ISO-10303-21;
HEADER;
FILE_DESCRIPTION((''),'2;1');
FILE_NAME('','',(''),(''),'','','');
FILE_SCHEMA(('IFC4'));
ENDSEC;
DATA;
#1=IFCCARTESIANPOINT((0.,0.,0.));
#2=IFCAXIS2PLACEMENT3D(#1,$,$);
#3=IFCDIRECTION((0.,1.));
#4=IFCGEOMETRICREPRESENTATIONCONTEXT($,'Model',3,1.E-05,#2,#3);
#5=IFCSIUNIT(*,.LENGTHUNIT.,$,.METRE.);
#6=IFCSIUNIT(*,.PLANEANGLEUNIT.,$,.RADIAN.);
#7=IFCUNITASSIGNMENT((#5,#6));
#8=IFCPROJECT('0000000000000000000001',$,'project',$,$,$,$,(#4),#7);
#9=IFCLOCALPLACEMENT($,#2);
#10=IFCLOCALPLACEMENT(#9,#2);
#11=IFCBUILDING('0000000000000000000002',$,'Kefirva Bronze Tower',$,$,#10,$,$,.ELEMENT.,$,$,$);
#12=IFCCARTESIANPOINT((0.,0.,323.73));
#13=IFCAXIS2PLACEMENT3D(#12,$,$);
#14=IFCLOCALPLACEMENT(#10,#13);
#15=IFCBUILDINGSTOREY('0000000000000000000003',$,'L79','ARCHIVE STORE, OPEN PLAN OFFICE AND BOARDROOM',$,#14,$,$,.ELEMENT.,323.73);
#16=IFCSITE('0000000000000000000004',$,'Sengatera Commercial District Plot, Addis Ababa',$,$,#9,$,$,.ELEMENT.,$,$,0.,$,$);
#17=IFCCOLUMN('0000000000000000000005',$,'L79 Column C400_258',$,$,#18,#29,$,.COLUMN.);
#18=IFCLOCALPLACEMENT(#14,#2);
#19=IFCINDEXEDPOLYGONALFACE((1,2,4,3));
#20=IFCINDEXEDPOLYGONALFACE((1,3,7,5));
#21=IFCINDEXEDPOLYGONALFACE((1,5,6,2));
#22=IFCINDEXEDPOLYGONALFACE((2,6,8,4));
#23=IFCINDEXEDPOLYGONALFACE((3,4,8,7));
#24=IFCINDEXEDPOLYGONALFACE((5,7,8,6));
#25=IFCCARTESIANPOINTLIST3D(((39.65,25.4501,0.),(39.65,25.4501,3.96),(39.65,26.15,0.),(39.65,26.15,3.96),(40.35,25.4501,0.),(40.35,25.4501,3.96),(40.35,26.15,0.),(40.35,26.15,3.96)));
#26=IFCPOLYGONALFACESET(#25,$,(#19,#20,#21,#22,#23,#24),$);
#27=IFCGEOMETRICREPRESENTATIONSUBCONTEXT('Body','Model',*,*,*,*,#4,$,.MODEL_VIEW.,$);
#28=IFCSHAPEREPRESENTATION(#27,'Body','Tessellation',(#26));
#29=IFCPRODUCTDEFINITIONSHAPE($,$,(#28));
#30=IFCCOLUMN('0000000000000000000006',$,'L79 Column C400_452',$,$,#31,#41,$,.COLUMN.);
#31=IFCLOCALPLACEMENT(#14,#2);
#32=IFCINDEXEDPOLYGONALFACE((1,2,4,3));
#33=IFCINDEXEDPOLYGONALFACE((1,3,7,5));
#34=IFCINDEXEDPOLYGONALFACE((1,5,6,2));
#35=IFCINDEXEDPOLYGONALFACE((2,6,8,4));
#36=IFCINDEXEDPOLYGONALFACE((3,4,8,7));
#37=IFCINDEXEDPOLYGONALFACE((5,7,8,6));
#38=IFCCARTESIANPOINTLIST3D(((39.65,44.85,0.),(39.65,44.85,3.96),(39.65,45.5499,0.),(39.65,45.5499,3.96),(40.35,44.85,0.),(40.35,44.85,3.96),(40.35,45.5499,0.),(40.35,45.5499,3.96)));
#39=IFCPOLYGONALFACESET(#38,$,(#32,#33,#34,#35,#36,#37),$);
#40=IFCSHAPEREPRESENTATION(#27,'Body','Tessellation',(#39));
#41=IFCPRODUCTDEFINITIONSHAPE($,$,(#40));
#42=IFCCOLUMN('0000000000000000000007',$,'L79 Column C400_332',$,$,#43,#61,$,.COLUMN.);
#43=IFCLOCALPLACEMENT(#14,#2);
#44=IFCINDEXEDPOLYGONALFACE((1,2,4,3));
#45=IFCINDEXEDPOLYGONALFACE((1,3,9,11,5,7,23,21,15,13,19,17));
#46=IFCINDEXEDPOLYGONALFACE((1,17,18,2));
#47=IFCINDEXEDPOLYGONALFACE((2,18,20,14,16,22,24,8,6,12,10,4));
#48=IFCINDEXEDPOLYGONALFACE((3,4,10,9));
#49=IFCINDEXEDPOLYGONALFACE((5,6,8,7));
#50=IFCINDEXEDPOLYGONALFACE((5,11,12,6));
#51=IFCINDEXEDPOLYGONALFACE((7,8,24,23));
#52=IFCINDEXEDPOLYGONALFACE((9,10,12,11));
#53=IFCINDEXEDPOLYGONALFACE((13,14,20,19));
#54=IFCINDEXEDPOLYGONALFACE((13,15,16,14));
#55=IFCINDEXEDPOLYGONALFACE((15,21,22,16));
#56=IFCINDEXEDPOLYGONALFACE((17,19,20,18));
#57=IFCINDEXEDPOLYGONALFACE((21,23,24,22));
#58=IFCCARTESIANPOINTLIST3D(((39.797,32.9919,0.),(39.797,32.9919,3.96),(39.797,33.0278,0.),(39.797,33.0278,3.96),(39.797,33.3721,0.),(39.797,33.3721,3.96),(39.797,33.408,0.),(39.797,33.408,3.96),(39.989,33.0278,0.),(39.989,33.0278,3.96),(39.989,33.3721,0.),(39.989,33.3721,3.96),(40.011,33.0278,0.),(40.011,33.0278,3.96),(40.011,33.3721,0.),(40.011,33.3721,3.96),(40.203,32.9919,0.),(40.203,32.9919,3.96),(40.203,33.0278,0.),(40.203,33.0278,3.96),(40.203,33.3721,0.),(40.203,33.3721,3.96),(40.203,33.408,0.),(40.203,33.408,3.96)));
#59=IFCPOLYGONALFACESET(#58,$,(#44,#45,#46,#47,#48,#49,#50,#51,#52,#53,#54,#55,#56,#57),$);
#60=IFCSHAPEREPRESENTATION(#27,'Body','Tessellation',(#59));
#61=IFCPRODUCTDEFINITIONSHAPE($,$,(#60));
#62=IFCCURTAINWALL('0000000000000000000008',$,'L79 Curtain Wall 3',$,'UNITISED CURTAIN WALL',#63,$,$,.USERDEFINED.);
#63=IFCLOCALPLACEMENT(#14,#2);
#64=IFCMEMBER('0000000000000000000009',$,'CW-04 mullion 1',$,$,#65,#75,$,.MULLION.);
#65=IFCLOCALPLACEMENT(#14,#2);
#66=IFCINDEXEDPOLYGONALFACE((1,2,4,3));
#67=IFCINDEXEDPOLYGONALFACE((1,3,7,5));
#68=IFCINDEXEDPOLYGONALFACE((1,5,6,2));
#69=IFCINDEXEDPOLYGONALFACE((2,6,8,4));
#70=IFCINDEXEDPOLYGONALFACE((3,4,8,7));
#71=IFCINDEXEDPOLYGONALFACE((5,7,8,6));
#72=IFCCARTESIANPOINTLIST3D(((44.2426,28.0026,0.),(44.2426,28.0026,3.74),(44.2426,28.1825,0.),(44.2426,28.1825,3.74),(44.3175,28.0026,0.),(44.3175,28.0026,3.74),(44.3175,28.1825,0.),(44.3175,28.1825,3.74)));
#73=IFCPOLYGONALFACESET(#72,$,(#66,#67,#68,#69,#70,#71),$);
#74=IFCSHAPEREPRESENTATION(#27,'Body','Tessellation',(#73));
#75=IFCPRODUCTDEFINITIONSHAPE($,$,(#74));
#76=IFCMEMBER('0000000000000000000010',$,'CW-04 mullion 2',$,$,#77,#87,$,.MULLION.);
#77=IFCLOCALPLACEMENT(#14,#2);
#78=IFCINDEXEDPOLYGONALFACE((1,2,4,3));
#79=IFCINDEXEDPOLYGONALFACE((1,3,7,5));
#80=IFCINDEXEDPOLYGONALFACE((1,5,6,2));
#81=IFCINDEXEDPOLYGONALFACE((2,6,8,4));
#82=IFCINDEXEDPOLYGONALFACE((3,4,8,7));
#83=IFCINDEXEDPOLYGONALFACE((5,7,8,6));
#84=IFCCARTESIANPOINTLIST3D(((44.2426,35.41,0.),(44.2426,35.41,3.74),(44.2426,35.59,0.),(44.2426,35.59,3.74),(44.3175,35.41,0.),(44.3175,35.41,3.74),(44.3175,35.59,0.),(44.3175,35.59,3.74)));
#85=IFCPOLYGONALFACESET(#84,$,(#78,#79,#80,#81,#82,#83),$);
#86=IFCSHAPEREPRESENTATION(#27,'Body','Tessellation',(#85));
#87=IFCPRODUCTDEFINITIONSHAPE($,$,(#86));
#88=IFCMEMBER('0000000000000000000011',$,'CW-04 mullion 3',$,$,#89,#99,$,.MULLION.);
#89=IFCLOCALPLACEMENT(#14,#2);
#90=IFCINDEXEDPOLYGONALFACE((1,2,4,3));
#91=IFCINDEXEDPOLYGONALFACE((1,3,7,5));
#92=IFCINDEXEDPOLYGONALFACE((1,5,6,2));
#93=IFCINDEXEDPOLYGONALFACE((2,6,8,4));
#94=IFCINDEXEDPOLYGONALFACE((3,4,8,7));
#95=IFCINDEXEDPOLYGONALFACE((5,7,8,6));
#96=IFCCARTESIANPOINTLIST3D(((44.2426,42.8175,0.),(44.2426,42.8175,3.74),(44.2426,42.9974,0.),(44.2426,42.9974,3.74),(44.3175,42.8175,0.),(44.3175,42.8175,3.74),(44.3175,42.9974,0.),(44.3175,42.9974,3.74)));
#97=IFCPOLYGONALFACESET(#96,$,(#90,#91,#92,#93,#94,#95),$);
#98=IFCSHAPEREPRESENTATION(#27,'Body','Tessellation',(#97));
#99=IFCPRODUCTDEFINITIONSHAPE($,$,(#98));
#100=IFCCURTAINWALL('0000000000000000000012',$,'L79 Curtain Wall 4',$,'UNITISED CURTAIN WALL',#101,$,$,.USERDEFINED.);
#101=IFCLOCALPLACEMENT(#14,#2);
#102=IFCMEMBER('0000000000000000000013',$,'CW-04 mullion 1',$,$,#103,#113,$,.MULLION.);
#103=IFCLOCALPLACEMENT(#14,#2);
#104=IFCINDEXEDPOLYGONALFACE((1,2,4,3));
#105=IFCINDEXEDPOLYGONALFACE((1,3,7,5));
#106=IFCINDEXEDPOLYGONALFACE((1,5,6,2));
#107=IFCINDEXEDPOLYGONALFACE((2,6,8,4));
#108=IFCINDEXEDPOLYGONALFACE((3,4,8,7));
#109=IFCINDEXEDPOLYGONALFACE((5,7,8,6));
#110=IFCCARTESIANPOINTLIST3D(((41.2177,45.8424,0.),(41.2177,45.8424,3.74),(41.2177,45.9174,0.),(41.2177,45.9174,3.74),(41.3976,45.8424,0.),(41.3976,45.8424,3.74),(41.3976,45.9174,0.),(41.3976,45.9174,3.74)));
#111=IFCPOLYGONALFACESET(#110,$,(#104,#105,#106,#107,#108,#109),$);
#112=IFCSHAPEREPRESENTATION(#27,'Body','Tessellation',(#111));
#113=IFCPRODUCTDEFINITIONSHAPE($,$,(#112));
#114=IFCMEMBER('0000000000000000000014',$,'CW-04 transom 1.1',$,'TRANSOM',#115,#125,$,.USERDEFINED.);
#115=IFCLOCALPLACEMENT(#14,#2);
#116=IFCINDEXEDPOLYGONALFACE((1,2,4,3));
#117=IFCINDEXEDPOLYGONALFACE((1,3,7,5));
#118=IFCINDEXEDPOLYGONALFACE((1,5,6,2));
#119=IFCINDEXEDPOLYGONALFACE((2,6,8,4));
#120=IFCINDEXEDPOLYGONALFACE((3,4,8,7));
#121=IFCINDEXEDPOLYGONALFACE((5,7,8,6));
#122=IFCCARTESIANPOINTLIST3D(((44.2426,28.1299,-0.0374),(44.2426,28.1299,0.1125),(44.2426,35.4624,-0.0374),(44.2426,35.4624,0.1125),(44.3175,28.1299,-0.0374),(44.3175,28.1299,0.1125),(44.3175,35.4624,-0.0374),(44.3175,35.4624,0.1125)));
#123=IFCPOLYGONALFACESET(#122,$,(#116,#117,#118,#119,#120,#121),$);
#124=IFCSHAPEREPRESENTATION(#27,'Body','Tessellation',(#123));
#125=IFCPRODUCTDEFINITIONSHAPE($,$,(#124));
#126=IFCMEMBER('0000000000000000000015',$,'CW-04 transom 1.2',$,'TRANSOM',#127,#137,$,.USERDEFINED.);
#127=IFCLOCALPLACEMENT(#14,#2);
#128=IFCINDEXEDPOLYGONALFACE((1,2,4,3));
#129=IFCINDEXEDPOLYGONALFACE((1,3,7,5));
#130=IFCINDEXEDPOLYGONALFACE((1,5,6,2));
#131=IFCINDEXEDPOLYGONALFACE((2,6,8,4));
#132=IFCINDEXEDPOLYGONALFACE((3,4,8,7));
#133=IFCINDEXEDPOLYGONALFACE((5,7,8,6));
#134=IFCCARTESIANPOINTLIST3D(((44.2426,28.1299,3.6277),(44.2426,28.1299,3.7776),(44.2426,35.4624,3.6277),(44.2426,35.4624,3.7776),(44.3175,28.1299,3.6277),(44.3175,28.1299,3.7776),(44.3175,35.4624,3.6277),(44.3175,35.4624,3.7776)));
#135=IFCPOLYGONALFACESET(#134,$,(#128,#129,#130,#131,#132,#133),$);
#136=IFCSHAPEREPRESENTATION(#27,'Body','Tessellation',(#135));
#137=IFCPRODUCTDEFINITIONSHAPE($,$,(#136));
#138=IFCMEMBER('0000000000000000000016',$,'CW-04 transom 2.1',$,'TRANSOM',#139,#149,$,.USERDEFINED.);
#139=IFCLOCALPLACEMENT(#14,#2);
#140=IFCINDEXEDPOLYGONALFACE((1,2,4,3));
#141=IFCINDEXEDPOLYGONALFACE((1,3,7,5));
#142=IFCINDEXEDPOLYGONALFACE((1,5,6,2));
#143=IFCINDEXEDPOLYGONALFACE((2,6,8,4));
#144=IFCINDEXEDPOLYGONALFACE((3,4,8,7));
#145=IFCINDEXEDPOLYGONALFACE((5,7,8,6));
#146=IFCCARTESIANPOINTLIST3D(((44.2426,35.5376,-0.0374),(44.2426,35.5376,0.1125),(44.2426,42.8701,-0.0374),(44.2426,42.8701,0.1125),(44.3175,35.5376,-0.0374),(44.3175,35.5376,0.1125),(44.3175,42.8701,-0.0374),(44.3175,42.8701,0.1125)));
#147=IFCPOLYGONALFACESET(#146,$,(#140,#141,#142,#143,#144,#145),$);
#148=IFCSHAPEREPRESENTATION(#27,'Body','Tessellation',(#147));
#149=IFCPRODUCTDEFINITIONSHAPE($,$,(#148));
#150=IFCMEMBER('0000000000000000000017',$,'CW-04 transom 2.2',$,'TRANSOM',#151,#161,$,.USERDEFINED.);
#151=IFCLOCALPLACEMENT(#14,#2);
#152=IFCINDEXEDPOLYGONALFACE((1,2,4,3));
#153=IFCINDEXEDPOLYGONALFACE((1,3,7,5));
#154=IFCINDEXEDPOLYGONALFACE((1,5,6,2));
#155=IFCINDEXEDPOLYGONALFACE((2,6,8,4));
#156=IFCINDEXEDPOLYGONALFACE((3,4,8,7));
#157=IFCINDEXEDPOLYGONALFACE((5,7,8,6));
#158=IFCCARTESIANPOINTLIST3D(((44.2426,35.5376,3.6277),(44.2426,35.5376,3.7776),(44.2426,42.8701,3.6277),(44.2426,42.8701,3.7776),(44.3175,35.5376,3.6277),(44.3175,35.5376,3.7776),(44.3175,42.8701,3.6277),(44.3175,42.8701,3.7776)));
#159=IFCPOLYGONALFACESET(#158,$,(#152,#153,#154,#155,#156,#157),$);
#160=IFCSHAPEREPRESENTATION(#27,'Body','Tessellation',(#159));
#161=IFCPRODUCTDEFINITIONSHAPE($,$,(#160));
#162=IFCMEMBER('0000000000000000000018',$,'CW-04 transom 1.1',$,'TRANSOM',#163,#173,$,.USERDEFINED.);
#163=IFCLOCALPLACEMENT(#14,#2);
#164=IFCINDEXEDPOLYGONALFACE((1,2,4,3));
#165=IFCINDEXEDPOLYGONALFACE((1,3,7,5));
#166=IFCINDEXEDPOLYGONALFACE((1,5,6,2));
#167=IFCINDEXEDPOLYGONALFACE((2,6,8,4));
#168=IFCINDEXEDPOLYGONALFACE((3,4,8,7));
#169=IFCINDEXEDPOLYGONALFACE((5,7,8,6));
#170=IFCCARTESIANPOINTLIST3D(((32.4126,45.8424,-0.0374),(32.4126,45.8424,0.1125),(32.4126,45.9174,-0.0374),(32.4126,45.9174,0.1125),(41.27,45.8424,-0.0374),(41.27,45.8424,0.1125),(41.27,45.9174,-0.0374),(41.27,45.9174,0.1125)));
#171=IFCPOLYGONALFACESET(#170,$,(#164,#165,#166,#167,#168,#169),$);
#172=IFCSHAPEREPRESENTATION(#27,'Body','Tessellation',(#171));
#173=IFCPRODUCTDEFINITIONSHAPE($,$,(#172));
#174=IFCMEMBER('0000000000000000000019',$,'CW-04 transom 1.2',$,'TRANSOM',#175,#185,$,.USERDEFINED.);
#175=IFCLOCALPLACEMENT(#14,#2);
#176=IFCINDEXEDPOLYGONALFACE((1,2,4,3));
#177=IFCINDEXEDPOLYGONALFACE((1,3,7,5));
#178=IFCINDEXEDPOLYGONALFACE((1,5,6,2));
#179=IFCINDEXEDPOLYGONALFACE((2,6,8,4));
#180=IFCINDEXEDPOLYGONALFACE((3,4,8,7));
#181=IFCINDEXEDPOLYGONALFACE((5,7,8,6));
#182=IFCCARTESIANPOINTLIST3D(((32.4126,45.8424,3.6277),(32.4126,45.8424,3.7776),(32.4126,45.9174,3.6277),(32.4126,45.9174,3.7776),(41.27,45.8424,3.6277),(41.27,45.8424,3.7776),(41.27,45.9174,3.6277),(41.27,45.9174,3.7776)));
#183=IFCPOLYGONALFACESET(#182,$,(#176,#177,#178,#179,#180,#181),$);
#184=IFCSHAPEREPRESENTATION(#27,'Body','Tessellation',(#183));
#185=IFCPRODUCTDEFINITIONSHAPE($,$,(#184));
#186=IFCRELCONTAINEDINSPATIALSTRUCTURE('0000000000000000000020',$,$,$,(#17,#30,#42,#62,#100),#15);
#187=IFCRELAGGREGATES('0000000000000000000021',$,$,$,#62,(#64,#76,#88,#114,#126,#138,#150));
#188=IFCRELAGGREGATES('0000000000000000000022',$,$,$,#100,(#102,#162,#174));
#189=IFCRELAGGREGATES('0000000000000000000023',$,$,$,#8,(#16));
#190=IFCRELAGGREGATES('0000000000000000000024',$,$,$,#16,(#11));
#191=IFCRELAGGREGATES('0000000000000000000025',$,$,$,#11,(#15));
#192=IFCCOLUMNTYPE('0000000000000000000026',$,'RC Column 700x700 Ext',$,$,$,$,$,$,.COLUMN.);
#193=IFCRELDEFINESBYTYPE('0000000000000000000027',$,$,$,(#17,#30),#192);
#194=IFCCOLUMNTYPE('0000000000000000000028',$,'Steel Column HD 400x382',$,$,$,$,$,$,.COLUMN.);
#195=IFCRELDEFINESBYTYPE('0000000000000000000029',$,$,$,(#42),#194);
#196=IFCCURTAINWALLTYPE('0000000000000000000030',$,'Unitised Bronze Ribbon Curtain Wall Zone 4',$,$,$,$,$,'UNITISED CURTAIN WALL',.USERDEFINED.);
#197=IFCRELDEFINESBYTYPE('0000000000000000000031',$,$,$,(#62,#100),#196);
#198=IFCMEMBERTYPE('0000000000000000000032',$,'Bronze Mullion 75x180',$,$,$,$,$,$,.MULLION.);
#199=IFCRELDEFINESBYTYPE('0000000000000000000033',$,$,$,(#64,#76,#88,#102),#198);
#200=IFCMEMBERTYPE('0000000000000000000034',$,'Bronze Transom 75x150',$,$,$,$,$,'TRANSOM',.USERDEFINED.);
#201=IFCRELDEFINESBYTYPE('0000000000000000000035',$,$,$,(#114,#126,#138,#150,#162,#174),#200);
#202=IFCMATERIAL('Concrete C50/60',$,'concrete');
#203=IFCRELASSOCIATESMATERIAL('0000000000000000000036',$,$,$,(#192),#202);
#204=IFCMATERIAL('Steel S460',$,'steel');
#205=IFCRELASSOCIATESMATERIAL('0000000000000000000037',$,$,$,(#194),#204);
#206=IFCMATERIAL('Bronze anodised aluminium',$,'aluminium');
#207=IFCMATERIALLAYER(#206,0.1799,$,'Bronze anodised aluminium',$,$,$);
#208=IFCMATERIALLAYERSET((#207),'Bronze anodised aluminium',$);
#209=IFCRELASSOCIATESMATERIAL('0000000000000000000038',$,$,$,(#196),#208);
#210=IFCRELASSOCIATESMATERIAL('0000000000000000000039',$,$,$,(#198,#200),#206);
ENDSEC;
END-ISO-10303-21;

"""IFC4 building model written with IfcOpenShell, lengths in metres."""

from ifc_helpers import new_model, si_unit, direction, frame, origin, origin_2d, place, context, subcontext, project, spatial, rectangle, i_section, extrude, material, layer, layer_set, material_profile, profile_set, type_object, element, aggregate, save


model = new_model("IFC4")

# Units and contexts
model_context = context("Model", 3, precision=1e-05, world=origin(), true_north=direction((0.0, 1.0)))
body_context = subcontext(model_context, "Body", "Model", "MODEL_VIEW")
ifc_project = project(units=[si_unit("LENGTHUNIT", "METRE"), si_unit("PLANEANGLEUNIT", "RADIAN")], contexts=[model_context])

# Site, building, storey
site_placement = place(None, origin())
site = spatial("IfcSite", under=ifc_project, at=site_placement, Name="Sengatera Commercial District Plot, Addis Ababa", CompositionType="ELEMENT", RefElevation=0.0)
building_placement = place(site_placement, origin())
building = spatial("IfcBuilding", under=site, at=building_placement, Name="Kefirva Bronze Tower", CompositionType="ELEMENT")
storey_placement = place(building_placement, frame((0.0, 0.0, 323.73)))
storey = spatial("IfcBuildingStorey", under=building, at=storey_placement, Name="L79", Description="ARCHIVE STORE, OPEN PLAN OFFICE AND BOARDROOM", CompositionType="ELEMENT", Elevation=323.73)

# Columns
ifc_material_1 = material(Name="Concrete C50/60", Category="concrete")
ifc_material_profile_1 = material_profile(ifc_material_1, rectangle(XDim=0.7, YDim=0.7, at=origin_2d()), Name="RC 700x700")
ifc_profile_set_1 = profile_set([ifc_material_profile_1], Name="Concrete C50/60")
column_type_1 = type_object("IfcColumnType", Name="RC Column 700x700 Ext", PredefinedType="COLUMN", material=ifc_profile_set_1)
for number, where, z_axis, x_axis, name in (
    (1, (40.0, 25.8, 0.0), (0.0, 0.0, 1.0), (1.0, 0.0, 0.0), "L79 Column C400_258"),
    (2, (40.0, 45.2, 0.0), (0.0, 0.0, 1.0), (1.0, 0.0, 0.0), "L79 Column C400_452"),
):
    element("IfcColumn", number, at=place(storey_placement, frame(where, z_axis=z_axis, x_axis=x_axis)), inside=storey, type_object=column_type_1, Name=name, PredefinedType="COLUMN", context=body_context, shape_type="SweptSolid", body=[
        extrude(rectangle(XDim=0.7, YDim=0.7, at=origin_2d()), origin(), (0.0, 0.0, 1.0), 3.96),
    ])
ifc_material_2 = material(Name="Steel S460", Category="steel")
ifc_material_profile_2 = material_profile(ifc_material_2, i_section(OverallWidth=0.406, OverallDepth=0.416, WebThickness=0.022, FlangeThickness=0.0359, at=origin_2d()), Name="HD 400x382")
ifc_profile_set_2 = profile_set([ifc_material_profile_2], Name="Steel S460")
column_type_2 = type_object("IfcColumnType", Name="Steel Column HD 400x382", PredefinedType="COLUMN", material=ifc_profile_set_2)
column_placement = place(storey_placement, frame((40.0, 33.2, 0.0), z_axis=(0.0, 0.0, 1.0), x_axis=(1.0, 0.0, 0.0)))
element("IfcColumn", 3, at=column_placement, inside=storey, type_object=column_type_2, Name="L79 Column C400_332", PredefinedType="COLUMN", context=body_context, shape_type="SweptSolid", body=[
    extrude(i_section(OverallWidth=0.406, OverallDepth=0.416, WebThickness=0.022, FlangeThickness=0.0359, at=origin_2d()), origin(), (0.0, 0.0, 1.0), 3.96),
])

# Curtain wall, members
ifc_material_3 = material(Name="Bronze anodised aluminium", Category="aluminium")
ifc_layer_1 = layer(ifc_material_3, 0.1799, Name="Bronze anodised aluminium")
ifc_layer_set_1 = layer_set([ifc_layer_1], Name="Bronze anodised aluminium")
curtain_wall_type = type_object("IfcCurtainWallType", Name="Unitised Bronze Ribbon Curtain Wall Zone 4", ElementType="UNITISED CURTAIN WALL", PredefinedType="USERDEFINED", material=ifc_layer_set_1)
curtain_wall_1_placement = place(storey_placement, origin())
curtain_wall_1 = element("IfcCurtainWall", 4, at=curtain_wall_1_placement, inside=storey, type_object=curtain_wall_type, Name="L79 Curtain Wall 3", ObjectType="UNITISED CURTAIN WALL", PredefinedType="USERDEFINED")
ifc_material_profile_3 = material_profile(ifc_material_3, rectangle(XDim=0.075, YDim=0.1799, at=origin_2d()), Name="ALU 75x180")
ifc_profile_set_3 = profile_set([ifc_material_profile_3], Name="Bronze anodised aluminium")
member_type_1 = type_object("IfcMemberType", Name="Bronze Mullion 75x180", PredefinedType="MULLION", material=ifc_profile_set_3)
member_1_placement = place(storey_placement, frame((44.28, 28.0925, 0.0), z_axis=(0.0, 0.0, 1.0), x_axis=(-1.0, 0.0, 0.0)))
member_1 = element("IfcMember", 5, at=member_1_placement, type_object=member_type_1, Name="CW-04 mullion 1", PredefinedType="MULLION", context=body_context, shape_type="SweptSolid", body=[
    extrude(rectangle(XDim=0.075, YDim=0.1799, at=origin_2d()), origin(), (0.0, 0.0, 1.0), 3.74),
])
member_2_placement = place(storey_placement, frame((44.28, 35.5, 0.0), z_axis=(0.0, 0.0, 1.0), x_axis=(-1.0, 0.0, 0.0)))
member_2 = element("IfcMember", 6, at=member_2_placement, type_object=member_type_1, Name="CW-04 mullion 2", PredefinedType="MULLION", context=body_context, shape_type="SweptSolid", body=[
    extrude(rectangle(XDim=0.075, YDim=0.1799, at=origin_2d()), origin(), (0.0, 0.0, 1.0), 3.74),
])
member_3_placement = place(storey_placement, frame((44.28, 42.9075, 0.0), z_axis=(0.0, 0.0, 1.0), x_axis=(-1.0, 0.0, 0.0)))
member_3 = element("IfcMember", 7, at=member_3_placement, type_object=member_type_1, Name="CW-04 mullion 3", PredefinedType="MULLION", context=body_context, shape_type="SweptSolid", body=[
    extrude(rectangle(XDim=0.075, YDim=0.1799, at=origin_2d()), origin(), (0.0, 0.0, 1.0), 3.74),
])

# Curtain wall, member
curtain_wall_2_placement = place(storey_placement, origin())
curtain_wall_2 = element("IfcCurtainWall", 8, at=curtain_wall_2_placement, inside=storey, type_object=curtain_wall_type, Name="L79 Curtain Wall 4", ObjectType="UNITISED CURTAIN WALL", PredefinedType="USERDEFINED")
member_4_placement = place(storey_placement, frame((41.3076, 45.8799, 0.0), z_axis=(0.0, 0.0, 1.0), x_axis=(0.0, -1.0, 0.0)))
member_4 = element("IfcMember", 9, at=member_4_placement, type_object=member_type_1, Name="CW-04 mullion 1", PredefinedType="MULLION", context=body_context, shape_type="SweptSolid", body=[
    extrude(rectangle(XDim=0.075, YDim=0.1799, at=origin_2d()), origin(), (0.0, 0.0, 1.0), 3.74),
])

# Members
ifc_material_profile_4 = material_profile(ifc_material_3, rectangle(XDim=0.075, YDim=0.1499, at=origin_2d()), Name="ALU 75x150")
ifc_profile_set_4 = profile_set([ifc_material_profile_4], Name="Bronze anodised aluminium")
member_type_2 = type_object("IfcMemberType", Name="Bronze Transom 75x150", ElementType="TRANSOM", PredefinedType="USERDEFINED", material=ifc_profile_set_4)
member_5_placement = place(storey_placement, frame((44.28, 28.1299, 0.0376), z_axis=(0.0, 1.0, 0.0), x_axis=(-1.0, 0.0, 0.0)))
member_5 = element("IfcMember", 10, at=member_5_placement, type_object=member_type_2, Name="CW-04 transom 1.1", ObjectType="TRANSOM", PredefinedType="USERDEFINED", context=body_context, shape_type="SweptSolid", body=[
    extrude(rectangle(XDim=0.075, YDim=0.1499, at=origin_2d()), origin(), (0.0, 0.0, 1.0), 7.3325),
])
member_6_placement = place(storey_placement, frame((44.28, 28.1299, 3.7026), z_axis=(0.0, 1.0, 0.0), x_axis=(-1.0, 0.0, 0.0)))
member_6 = element("IfcMember", 11, at=member_6_placement, type_object=member_type_2, Name="CW-04 transom 1.2", ObjectType="TRANSOM", PredefinedType="USERDEFINED", context=body_context, shape_type="SweptSolid", body=[
    extrude(rectangle(XDim=0.075, YDim=0.1499, at=origin_2d()), origin(), (0.0, 0.0, 1.0), 7.3325),
])
member_7_placement = place(storey_placement, frame((44.28, 35.5376, 0.0376), z_axis=(0.0, 1.0, 0.0), x_axis=(-1.0, 0.0, 0.0)))
member_7 = element("IfcMember", 12, at=member_7_placement, type_object=member_type_2, Name="CW-04 transom 2.1", ObjectType="TRANSOM", PredefinedType="USERDEFINED", context=body_context, shape_type="SweptSolid", body=[
    extrude(rectangle(XDim=0.075, YDim=0.1499, at=origin_2d()), origin(), (0.0, 0.0, 1.0), 7.3325),
])
member_8_placement = place(storey_placement, frame((44.28, 35.5376, 3.7026), z_axis=(0.0, 1.0, 0.0), x_axis=(-1.0, 0.0, 0.0)))
member_8 = element("IfcMember", 13, at=member_8_placement, type_object=member_type_2, Name="CW-04 transom 2.2", ObjectType="TRANSOM", PredefinedType="USERDEFINED", context=body_context, shape_type="SweptSolid", body=[
    extrude(rectangle(XDim=0.075, YDim=0.1499, at=origin_2d()), origin(), (0.0, 0.0, 1.0), 7.3325),
])
member_9_placement = place(storey_placement, frame((41.27, 45.8799, 0.0376), z_axis=(-1.0, 0.0, 0.0), x_axis=(0.0, -1.0, 0.0)))
member_9 = element("IfcMember", 14, at=member_9_placement, type_object=member_type_2, Name="CW-04 transom 1.1", ObjectType="TRANSOM", PredefinedType="USERDEFINED", context=body_context, shape_type="SweptSolid", body=[
    extrude(rectangle(XDim=0.075, YDim=0.1499, at=origin_2d()), origin(), (0.0, 0.0, 1.0), 8.8574),
])
member_10_placement = place(storey_placement, frame((41.27, 45.8799, 3.7026), z_axis=(-1.0, 0.0, 0.0), x_axis=(0.0, -1.0, 0.0)))
member_10 = element("IfcMember", 15, at=member_10_placement, type_object=member_type_2, Name="CW-04 transom 1.2", ObjectType="TRANSOM", PredefinedType="USERDEFINED", context=body_context, shape_type="SweptSolid", body=[
    extrude(rectangle(XDim=0.075, YDim=0.1499, at=origin_2d()), origin(), (0.0, 0.0, 1.0), 8.8574),
])

aggregate(curtain_wall_1, [member_1, member_2, member_3, member_5, member_6, member_7, member_8])
aggregate(curtain_wall_2, [member_4, member_9, member_10])

save(model, "model.ifc")
